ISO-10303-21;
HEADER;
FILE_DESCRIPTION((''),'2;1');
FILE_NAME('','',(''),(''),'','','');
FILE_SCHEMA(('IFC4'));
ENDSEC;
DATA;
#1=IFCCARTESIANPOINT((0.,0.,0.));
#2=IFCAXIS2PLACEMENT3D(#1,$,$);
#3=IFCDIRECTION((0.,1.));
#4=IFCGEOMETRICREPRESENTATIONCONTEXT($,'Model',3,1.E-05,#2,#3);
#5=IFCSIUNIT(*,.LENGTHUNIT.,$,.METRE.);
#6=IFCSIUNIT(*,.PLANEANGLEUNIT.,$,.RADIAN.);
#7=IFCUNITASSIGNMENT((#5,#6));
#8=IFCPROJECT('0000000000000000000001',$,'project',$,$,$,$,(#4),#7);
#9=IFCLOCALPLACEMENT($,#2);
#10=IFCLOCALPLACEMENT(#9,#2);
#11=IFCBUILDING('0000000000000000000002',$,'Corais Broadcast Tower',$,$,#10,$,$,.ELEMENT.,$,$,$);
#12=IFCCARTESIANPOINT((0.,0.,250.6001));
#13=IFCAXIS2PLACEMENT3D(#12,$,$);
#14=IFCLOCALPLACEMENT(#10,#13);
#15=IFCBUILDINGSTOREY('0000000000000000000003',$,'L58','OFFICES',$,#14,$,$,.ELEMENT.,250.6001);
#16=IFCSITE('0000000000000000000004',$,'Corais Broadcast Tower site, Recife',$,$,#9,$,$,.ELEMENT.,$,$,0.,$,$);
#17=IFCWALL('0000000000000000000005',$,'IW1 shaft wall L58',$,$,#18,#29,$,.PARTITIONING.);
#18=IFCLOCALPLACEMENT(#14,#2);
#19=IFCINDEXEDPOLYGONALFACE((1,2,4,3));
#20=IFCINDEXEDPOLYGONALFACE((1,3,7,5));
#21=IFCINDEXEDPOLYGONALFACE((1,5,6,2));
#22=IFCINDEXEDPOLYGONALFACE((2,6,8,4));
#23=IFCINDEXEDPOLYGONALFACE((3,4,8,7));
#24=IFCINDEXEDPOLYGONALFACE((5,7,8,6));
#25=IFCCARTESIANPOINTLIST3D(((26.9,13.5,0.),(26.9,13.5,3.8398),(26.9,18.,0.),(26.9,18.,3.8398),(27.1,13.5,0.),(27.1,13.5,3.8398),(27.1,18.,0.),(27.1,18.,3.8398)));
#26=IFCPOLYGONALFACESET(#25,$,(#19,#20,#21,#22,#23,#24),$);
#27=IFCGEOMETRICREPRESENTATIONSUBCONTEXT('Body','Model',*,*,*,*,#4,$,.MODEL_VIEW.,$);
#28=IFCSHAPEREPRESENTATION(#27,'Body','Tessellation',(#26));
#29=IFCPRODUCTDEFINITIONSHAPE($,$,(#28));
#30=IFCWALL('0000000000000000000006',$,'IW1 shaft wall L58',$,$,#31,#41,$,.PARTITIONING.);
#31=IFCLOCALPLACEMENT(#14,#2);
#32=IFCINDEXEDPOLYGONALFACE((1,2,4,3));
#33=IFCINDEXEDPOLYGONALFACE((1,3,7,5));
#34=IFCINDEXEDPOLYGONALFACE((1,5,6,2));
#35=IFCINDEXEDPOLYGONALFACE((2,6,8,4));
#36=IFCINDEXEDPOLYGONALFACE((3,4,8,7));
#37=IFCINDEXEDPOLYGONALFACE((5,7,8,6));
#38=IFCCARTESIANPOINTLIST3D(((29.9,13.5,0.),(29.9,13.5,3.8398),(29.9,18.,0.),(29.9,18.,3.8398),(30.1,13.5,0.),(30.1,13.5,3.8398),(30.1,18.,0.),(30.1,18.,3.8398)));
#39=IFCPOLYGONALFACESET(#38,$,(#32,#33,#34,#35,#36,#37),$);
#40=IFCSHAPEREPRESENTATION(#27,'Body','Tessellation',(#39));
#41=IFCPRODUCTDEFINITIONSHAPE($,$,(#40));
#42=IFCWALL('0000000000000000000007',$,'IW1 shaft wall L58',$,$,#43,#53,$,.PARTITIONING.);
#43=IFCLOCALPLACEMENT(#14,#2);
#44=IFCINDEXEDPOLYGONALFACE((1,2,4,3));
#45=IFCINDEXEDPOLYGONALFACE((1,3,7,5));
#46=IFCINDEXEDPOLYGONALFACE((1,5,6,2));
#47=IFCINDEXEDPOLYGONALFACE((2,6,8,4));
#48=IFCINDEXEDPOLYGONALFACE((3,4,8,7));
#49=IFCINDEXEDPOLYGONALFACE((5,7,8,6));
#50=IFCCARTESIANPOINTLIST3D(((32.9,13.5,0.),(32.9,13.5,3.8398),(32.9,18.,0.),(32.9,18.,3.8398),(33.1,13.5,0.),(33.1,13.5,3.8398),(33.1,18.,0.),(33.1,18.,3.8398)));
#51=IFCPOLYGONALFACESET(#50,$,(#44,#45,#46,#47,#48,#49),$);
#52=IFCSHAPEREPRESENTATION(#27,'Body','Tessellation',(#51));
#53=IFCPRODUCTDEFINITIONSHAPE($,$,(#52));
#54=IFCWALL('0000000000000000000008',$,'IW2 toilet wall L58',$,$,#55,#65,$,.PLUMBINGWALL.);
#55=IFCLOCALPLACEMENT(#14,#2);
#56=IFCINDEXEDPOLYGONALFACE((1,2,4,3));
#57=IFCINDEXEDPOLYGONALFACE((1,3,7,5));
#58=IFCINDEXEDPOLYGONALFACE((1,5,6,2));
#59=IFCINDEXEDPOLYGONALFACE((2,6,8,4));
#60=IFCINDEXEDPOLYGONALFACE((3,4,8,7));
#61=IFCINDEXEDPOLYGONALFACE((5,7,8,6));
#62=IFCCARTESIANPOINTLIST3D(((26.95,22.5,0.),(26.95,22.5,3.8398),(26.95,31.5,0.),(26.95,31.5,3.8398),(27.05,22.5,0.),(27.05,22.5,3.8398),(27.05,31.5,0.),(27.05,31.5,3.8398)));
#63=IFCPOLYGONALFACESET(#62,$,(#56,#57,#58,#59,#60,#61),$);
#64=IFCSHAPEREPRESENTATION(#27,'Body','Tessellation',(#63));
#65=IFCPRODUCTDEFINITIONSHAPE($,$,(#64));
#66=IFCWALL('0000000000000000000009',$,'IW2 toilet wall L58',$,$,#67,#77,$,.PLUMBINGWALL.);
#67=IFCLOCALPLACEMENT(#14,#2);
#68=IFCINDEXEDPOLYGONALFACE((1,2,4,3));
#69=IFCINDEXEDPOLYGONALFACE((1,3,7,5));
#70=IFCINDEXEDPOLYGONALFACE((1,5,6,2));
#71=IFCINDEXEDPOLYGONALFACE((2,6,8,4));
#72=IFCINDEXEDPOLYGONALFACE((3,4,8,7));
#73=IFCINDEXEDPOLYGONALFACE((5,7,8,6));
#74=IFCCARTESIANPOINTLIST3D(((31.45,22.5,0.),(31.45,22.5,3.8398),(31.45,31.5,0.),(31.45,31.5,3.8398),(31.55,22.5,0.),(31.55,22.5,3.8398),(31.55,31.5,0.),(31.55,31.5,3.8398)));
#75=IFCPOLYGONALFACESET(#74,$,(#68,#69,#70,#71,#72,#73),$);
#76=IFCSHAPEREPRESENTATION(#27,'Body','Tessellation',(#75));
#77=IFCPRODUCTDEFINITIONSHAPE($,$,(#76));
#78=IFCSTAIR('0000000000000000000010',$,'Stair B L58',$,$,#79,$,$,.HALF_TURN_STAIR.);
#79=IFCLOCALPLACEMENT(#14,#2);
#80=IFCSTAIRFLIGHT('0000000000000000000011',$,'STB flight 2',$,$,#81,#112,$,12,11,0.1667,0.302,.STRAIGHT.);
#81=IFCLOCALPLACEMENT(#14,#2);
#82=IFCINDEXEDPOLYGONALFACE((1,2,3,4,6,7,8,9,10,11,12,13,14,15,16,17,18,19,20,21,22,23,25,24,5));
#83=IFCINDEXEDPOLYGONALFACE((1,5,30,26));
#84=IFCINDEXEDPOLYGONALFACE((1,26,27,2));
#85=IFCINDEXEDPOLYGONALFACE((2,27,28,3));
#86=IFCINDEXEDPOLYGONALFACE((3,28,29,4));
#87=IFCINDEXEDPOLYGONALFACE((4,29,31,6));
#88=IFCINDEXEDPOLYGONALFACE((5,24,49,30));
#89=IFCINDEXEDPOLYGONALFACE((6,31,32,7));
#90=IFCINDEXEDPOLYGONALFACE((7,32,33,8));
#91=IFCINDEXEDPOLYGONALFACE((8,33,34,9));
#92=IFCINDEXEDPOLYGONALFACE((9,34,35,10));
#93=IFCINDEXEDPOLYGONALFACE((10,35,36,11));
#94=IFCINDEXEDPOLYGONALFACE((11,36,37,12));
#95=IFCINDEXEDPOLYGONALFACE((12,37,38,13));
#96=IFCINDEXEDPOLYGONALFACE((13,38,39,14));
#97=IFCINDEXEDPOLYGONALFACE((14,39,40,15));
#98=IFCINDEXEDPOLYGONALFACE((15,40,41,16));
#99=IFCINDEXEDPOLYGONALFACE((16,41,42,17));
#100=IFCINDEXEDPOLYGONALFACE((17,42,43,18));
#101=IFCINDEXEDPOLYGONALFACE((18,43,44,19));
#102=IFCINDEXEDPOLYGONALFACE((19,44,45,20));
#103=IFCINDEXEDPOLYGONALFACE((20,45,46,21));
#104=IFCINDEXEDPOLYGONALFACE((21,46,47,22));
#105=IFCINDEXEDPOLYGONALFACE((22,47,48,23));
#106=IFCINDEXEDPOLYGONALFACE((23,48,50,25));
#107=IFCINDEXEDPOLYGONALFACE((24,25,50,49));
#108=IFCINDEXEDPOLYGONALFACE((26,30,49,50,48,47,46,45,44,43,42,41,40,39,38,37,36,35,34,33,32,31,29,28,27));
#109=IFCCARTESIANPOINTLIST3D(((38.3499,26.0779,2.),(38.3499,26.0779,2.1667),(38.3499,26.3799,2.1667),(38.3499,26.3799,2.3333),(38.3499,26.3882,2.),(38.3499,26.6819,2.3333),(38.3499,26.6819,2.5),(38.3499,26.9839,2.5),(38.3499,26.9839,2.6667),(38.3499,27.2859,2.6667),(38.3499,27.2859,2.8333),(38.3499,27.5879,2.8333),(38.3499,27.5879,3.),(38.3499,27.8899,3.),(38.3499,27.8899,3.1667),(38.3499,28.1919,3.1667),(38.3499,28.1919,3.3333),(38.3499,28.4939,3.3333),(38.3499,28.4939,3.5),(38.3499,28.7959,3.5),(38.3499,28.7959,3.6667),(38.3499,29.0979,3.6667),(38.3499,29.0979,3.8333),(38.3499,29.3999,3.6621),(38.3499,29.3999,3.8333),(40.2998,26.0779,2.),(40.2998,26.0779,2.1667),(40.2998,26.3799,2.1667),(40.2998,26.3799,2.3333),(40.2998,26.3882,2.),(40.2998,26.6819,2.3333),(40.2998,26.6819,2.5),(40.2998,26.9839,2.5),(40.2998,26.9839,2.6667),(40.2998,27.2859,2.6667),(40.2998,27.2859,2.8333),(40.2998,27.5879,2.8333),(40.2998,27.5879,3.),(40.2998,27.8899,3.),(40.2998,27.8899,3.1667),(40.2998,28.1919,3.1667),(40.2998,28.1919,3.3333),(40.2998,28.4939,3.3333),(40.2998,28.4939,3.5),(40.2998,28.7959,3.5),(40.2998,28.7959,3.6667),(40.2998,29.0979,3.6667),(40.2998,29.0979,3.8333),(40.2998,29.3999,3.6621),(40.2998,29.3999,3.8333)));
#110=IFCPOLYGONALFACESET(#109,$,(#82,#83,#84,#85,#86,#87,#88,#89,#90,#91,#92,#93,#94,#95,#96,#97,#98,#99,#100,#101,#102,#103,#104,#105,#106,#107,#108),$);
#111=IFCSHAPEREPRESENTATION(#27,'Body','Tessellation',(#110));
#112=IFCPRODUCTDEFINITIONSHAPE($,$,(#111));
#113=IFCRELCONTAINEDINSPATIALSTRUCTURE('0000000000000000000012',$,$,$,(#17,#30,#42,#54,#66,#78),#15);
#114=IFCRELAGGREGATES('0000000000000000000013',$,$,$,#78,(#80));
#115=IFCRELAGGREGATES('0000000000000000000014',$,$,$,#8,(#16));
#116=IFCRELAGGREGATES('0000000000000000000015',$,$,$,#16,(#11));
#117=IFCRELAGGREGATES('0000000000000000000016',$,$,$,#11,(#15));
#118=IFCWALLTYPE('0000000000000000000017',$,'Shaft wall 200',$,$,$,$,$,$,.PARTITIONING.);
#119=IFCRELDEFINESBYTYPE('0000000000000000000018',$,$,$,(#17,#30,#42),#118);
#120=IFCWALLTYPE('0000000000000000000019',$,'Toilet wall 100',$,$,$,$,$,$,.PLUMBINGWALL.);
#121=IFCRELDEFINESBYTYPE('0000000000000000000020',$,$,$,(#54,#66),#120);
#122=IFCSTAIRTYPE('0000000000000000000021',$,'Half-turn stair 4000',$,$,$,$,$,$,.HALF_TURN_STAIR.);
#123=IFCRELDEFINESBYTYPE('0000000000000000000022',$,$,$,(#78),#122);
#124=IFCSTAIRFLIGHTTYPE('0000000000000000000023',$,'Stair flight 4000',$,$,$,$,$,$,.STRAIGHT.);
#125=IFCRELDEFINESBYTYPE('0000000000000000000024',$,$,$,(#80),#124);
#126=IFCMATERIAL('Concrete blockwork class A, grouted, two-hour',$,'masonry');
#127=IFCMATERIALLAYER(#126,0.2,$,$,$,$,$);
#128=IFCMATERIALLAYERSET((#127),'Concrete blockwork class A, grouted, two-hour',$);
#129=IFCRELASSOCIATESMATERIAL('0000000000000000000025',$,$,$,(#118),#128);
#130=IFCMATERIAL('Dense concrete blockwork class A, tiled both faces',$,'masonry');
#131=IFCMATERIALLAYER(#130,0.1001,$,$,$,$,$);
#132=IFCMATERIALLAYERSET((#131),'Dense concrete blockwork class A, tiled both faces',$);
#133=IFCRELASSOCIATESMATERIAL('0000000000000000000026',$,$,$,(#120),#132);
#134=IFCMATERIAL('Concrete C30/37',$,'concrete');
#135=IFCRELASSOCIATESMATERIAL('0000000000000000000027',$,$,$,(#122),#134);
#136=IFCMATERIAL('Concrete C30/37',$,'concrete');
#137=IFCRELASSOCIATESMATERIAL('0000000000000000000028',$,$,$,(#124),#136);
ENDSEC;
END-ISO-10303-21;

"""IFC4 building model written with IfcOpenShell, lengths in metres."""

from ifc_helpers import new_model, si_unit, direction, frame, frame_2d, origin, place, context, subcontext, project, spatial, polyline, rectangle, outline, extrude, material, layer, layer_set, type_object, element, aggregate, save


model = new_model("IFC4")

# Units and contexts
model_context = context("Model", 3, precision=1e-05, world=origin(), true_north=direction((0.0, 1.0)))
body_context = subcontext(model_context, "Body", "Model", "MODEL_VIEW")
ifc_project = project(units=[si_unit("LENGTHUNIT", "METRE"), si_unit("PLANEANGLEUNIT", "RADIAN")], contexts=[model_context])

# Site, building, storey
site_placement = place(None, origin())
site = spatial("IfcSite", under=ifc_project, at=site_placement, Name="Corais Broadcast Tower site, Recife", CompositionType="ELEMENT", RefElevation=0.0)
building_placement = place(site_placement, origin())
building = spatial("IfcBuilding", under=site, at=building_placement, Name="Corais Broadcast Tower", CompositionType="ELEMENT")
storey_placement = place(building_placement, frame((0.0, 0.0, 250.6001)))
storey = spatial("IfcBuildingStorey", under=building, at=storey_placement, Name="L58", Description="OFFICES", CompositionType="ELEMENT", Elevation=250.6001)

# Walls
ifc_material_1 = material(Name="Concrete blockwork class A, grouted, two-hour", Category="masonry")
ifc_layer_1 = layer(ifc_material_1, 0.2)
ifc_layer_set_1 = layer_set([ifc_layer_1], Name="Concrete blockwork class A, grouted, two-hour")
wall_type_1 = type_object("IfcWallType", Name="Shaft wall 200", PredefinedType="PARTITIONING", material=ifc_layer_set_1)
for number, where, z_axis, x_axis, name in (
    (1, (27.0, 13.5, 0.0), (0.0, 0.0, 1.0), (0.0, 1.0, 0.0), "IW1 shaft wall L58"),
    (2, (30.0, 13.5, 0.0), (0.0, 0.0, 1.0), (0.0, 1.0, 0.0), "IW1 shaft wall L58"),
    (3, (33.0, 13.5, 0.0), (0.0, 0.0, 1.0), (0.0, 1.0, 0.0), "IW1 shaft wall L58"),
):
    element("IfcWall", number, at=place(storey_placement, frame(where, z_axis=z_axis, x_axis=x_axis)), inside=storey, type_object=wall_type_1, Name=name, PredefinedType="PARTITIONING", context=body_context, shape_type="SweptSolid", body=[
        extrude(rectangle(XDim=4.5, YDim=0.2, at=frame_2d((2.25, 0.0))), origin(), (0.0, 0.0, 1.0), 3.8398),
    ])
ifc_material_2 = material(Name="Dense concrete blockwork class A, tiled both faces", Category="masonry")
ifc_layer_2 = layer(ifc_material_2, 0.1001)
ifc_layer_set_2 = layer_set([ifc_layer_2], Name="Dense concrete blockwork class A, tiled both faces")
wall_type_2 = type_object("IfcWallType", Name="Toilet wall 100", PredefinedType="PLUMBINGWALL", material=ifc_layer_set_2)
for number, where, z_axis, x_axis, name in (
    (4, (27.0, 22.5, 0.0), (0.0, 0.0, 1.0), (0.0, 1.0, 0.0), "IW2 toilet wall L58"),
    (5, (31.5, 22.5, 0.0), (0.0, 0.0, 1.0), (0.0, 1.0, 0.0), "IW2 toilet wall L58"),
):
    element("IfcWall", number, at=place(storey_placement, frame(where, z_axis=z_axis, x_axis=x_axis)), inside=storey, type_object=wall_type_2, Name=name, PredefinedType="PLUMBINGWALL", context=body_context, shape_type="SweptSolid", body=[
        extrude(rectangle(XDim=9.0, YDim=0.1001, at=frame_2d((4.5, 0.0))), origin(), (0.0, 0.0, 1.0), 3.8398),
    ])

# Stair, stair flight
ifc_material_3 = material(Name="Concrete C30/37", Category="concrete")
stair_type = type_object("IfcStairType", Name="Half-turn stair 4000", PredefinedType="HALF_TURN_STAIR", material=ifc_material_3)
stair_placement = place(storey_placement, origin())
stair = element("IfcStair", 6, at=stair_placement, inside=storey, type_object=stair_type, Name="Stair B L58", PredefinedType="HALF_TURN_STAIR")
ifc_material_4 = material(Name="Concrete C30/37", Category="concrete")
stair_flight_type = type_object("IfcStairFlightType", Name="Stair flight 4000", PredefinedType="STRAIGHT", material=ifc_material_4)
stair_flight_placement = place(storey_placement, frame((39.325, 26.0779, 2.0), z_axis=(0.0, 0.0, 1.0), x_axis=(0.0, 1.0, 0.0)))
stair_flight = element("IfcStairFlight", 7, at=stair_flight_placement, type_object=stair_flight_type, Name="STB flight 2", NumberOfRisers=12, NumberOfTreads=11, PredefinedType="STRAIGHT", RiserHeight=0.1667, TreadLength=0.302, context=body_context, shape_type="SweptSolid", body=[
    extrude(outline(polyline([(0.0, 0.0), (0.0, 0.1667), (0.302, 0.1667), (0.302, 0.3333), (0.604, 0.3333), (0.604, 0.5), (0.906, 0.5), (0.906, 0.6667), (1.208, 0.6667), (1.208, 0.8333), (1.51, 0.8333), (1.51, 1.0), (1.812, 1.0), (1.812, 1.1667), (2.114, 1.1667), (2.114, 1.3333), (2.416, 1.3333), (2.416, 1.5), (2.718, 1.5), (2.718, 1.6667), (3.02, 1.6667), (3.02, 1.8333), (3.322, 1.8333), (3.322, 2.0), (3.322, 1.6621), (0.3103, 0.0), (0.0, 0.0)])), frame((0.0, 0.9751, 0.0), z_axis=(0.0, -1.0, 0.0), x_axis=(1.0, 0.0, 0.0)), (0.0, 0.0, 1.0), 1.95),
])
aggregate(stair, [stair_flight])

save(model, "model.ifc")
